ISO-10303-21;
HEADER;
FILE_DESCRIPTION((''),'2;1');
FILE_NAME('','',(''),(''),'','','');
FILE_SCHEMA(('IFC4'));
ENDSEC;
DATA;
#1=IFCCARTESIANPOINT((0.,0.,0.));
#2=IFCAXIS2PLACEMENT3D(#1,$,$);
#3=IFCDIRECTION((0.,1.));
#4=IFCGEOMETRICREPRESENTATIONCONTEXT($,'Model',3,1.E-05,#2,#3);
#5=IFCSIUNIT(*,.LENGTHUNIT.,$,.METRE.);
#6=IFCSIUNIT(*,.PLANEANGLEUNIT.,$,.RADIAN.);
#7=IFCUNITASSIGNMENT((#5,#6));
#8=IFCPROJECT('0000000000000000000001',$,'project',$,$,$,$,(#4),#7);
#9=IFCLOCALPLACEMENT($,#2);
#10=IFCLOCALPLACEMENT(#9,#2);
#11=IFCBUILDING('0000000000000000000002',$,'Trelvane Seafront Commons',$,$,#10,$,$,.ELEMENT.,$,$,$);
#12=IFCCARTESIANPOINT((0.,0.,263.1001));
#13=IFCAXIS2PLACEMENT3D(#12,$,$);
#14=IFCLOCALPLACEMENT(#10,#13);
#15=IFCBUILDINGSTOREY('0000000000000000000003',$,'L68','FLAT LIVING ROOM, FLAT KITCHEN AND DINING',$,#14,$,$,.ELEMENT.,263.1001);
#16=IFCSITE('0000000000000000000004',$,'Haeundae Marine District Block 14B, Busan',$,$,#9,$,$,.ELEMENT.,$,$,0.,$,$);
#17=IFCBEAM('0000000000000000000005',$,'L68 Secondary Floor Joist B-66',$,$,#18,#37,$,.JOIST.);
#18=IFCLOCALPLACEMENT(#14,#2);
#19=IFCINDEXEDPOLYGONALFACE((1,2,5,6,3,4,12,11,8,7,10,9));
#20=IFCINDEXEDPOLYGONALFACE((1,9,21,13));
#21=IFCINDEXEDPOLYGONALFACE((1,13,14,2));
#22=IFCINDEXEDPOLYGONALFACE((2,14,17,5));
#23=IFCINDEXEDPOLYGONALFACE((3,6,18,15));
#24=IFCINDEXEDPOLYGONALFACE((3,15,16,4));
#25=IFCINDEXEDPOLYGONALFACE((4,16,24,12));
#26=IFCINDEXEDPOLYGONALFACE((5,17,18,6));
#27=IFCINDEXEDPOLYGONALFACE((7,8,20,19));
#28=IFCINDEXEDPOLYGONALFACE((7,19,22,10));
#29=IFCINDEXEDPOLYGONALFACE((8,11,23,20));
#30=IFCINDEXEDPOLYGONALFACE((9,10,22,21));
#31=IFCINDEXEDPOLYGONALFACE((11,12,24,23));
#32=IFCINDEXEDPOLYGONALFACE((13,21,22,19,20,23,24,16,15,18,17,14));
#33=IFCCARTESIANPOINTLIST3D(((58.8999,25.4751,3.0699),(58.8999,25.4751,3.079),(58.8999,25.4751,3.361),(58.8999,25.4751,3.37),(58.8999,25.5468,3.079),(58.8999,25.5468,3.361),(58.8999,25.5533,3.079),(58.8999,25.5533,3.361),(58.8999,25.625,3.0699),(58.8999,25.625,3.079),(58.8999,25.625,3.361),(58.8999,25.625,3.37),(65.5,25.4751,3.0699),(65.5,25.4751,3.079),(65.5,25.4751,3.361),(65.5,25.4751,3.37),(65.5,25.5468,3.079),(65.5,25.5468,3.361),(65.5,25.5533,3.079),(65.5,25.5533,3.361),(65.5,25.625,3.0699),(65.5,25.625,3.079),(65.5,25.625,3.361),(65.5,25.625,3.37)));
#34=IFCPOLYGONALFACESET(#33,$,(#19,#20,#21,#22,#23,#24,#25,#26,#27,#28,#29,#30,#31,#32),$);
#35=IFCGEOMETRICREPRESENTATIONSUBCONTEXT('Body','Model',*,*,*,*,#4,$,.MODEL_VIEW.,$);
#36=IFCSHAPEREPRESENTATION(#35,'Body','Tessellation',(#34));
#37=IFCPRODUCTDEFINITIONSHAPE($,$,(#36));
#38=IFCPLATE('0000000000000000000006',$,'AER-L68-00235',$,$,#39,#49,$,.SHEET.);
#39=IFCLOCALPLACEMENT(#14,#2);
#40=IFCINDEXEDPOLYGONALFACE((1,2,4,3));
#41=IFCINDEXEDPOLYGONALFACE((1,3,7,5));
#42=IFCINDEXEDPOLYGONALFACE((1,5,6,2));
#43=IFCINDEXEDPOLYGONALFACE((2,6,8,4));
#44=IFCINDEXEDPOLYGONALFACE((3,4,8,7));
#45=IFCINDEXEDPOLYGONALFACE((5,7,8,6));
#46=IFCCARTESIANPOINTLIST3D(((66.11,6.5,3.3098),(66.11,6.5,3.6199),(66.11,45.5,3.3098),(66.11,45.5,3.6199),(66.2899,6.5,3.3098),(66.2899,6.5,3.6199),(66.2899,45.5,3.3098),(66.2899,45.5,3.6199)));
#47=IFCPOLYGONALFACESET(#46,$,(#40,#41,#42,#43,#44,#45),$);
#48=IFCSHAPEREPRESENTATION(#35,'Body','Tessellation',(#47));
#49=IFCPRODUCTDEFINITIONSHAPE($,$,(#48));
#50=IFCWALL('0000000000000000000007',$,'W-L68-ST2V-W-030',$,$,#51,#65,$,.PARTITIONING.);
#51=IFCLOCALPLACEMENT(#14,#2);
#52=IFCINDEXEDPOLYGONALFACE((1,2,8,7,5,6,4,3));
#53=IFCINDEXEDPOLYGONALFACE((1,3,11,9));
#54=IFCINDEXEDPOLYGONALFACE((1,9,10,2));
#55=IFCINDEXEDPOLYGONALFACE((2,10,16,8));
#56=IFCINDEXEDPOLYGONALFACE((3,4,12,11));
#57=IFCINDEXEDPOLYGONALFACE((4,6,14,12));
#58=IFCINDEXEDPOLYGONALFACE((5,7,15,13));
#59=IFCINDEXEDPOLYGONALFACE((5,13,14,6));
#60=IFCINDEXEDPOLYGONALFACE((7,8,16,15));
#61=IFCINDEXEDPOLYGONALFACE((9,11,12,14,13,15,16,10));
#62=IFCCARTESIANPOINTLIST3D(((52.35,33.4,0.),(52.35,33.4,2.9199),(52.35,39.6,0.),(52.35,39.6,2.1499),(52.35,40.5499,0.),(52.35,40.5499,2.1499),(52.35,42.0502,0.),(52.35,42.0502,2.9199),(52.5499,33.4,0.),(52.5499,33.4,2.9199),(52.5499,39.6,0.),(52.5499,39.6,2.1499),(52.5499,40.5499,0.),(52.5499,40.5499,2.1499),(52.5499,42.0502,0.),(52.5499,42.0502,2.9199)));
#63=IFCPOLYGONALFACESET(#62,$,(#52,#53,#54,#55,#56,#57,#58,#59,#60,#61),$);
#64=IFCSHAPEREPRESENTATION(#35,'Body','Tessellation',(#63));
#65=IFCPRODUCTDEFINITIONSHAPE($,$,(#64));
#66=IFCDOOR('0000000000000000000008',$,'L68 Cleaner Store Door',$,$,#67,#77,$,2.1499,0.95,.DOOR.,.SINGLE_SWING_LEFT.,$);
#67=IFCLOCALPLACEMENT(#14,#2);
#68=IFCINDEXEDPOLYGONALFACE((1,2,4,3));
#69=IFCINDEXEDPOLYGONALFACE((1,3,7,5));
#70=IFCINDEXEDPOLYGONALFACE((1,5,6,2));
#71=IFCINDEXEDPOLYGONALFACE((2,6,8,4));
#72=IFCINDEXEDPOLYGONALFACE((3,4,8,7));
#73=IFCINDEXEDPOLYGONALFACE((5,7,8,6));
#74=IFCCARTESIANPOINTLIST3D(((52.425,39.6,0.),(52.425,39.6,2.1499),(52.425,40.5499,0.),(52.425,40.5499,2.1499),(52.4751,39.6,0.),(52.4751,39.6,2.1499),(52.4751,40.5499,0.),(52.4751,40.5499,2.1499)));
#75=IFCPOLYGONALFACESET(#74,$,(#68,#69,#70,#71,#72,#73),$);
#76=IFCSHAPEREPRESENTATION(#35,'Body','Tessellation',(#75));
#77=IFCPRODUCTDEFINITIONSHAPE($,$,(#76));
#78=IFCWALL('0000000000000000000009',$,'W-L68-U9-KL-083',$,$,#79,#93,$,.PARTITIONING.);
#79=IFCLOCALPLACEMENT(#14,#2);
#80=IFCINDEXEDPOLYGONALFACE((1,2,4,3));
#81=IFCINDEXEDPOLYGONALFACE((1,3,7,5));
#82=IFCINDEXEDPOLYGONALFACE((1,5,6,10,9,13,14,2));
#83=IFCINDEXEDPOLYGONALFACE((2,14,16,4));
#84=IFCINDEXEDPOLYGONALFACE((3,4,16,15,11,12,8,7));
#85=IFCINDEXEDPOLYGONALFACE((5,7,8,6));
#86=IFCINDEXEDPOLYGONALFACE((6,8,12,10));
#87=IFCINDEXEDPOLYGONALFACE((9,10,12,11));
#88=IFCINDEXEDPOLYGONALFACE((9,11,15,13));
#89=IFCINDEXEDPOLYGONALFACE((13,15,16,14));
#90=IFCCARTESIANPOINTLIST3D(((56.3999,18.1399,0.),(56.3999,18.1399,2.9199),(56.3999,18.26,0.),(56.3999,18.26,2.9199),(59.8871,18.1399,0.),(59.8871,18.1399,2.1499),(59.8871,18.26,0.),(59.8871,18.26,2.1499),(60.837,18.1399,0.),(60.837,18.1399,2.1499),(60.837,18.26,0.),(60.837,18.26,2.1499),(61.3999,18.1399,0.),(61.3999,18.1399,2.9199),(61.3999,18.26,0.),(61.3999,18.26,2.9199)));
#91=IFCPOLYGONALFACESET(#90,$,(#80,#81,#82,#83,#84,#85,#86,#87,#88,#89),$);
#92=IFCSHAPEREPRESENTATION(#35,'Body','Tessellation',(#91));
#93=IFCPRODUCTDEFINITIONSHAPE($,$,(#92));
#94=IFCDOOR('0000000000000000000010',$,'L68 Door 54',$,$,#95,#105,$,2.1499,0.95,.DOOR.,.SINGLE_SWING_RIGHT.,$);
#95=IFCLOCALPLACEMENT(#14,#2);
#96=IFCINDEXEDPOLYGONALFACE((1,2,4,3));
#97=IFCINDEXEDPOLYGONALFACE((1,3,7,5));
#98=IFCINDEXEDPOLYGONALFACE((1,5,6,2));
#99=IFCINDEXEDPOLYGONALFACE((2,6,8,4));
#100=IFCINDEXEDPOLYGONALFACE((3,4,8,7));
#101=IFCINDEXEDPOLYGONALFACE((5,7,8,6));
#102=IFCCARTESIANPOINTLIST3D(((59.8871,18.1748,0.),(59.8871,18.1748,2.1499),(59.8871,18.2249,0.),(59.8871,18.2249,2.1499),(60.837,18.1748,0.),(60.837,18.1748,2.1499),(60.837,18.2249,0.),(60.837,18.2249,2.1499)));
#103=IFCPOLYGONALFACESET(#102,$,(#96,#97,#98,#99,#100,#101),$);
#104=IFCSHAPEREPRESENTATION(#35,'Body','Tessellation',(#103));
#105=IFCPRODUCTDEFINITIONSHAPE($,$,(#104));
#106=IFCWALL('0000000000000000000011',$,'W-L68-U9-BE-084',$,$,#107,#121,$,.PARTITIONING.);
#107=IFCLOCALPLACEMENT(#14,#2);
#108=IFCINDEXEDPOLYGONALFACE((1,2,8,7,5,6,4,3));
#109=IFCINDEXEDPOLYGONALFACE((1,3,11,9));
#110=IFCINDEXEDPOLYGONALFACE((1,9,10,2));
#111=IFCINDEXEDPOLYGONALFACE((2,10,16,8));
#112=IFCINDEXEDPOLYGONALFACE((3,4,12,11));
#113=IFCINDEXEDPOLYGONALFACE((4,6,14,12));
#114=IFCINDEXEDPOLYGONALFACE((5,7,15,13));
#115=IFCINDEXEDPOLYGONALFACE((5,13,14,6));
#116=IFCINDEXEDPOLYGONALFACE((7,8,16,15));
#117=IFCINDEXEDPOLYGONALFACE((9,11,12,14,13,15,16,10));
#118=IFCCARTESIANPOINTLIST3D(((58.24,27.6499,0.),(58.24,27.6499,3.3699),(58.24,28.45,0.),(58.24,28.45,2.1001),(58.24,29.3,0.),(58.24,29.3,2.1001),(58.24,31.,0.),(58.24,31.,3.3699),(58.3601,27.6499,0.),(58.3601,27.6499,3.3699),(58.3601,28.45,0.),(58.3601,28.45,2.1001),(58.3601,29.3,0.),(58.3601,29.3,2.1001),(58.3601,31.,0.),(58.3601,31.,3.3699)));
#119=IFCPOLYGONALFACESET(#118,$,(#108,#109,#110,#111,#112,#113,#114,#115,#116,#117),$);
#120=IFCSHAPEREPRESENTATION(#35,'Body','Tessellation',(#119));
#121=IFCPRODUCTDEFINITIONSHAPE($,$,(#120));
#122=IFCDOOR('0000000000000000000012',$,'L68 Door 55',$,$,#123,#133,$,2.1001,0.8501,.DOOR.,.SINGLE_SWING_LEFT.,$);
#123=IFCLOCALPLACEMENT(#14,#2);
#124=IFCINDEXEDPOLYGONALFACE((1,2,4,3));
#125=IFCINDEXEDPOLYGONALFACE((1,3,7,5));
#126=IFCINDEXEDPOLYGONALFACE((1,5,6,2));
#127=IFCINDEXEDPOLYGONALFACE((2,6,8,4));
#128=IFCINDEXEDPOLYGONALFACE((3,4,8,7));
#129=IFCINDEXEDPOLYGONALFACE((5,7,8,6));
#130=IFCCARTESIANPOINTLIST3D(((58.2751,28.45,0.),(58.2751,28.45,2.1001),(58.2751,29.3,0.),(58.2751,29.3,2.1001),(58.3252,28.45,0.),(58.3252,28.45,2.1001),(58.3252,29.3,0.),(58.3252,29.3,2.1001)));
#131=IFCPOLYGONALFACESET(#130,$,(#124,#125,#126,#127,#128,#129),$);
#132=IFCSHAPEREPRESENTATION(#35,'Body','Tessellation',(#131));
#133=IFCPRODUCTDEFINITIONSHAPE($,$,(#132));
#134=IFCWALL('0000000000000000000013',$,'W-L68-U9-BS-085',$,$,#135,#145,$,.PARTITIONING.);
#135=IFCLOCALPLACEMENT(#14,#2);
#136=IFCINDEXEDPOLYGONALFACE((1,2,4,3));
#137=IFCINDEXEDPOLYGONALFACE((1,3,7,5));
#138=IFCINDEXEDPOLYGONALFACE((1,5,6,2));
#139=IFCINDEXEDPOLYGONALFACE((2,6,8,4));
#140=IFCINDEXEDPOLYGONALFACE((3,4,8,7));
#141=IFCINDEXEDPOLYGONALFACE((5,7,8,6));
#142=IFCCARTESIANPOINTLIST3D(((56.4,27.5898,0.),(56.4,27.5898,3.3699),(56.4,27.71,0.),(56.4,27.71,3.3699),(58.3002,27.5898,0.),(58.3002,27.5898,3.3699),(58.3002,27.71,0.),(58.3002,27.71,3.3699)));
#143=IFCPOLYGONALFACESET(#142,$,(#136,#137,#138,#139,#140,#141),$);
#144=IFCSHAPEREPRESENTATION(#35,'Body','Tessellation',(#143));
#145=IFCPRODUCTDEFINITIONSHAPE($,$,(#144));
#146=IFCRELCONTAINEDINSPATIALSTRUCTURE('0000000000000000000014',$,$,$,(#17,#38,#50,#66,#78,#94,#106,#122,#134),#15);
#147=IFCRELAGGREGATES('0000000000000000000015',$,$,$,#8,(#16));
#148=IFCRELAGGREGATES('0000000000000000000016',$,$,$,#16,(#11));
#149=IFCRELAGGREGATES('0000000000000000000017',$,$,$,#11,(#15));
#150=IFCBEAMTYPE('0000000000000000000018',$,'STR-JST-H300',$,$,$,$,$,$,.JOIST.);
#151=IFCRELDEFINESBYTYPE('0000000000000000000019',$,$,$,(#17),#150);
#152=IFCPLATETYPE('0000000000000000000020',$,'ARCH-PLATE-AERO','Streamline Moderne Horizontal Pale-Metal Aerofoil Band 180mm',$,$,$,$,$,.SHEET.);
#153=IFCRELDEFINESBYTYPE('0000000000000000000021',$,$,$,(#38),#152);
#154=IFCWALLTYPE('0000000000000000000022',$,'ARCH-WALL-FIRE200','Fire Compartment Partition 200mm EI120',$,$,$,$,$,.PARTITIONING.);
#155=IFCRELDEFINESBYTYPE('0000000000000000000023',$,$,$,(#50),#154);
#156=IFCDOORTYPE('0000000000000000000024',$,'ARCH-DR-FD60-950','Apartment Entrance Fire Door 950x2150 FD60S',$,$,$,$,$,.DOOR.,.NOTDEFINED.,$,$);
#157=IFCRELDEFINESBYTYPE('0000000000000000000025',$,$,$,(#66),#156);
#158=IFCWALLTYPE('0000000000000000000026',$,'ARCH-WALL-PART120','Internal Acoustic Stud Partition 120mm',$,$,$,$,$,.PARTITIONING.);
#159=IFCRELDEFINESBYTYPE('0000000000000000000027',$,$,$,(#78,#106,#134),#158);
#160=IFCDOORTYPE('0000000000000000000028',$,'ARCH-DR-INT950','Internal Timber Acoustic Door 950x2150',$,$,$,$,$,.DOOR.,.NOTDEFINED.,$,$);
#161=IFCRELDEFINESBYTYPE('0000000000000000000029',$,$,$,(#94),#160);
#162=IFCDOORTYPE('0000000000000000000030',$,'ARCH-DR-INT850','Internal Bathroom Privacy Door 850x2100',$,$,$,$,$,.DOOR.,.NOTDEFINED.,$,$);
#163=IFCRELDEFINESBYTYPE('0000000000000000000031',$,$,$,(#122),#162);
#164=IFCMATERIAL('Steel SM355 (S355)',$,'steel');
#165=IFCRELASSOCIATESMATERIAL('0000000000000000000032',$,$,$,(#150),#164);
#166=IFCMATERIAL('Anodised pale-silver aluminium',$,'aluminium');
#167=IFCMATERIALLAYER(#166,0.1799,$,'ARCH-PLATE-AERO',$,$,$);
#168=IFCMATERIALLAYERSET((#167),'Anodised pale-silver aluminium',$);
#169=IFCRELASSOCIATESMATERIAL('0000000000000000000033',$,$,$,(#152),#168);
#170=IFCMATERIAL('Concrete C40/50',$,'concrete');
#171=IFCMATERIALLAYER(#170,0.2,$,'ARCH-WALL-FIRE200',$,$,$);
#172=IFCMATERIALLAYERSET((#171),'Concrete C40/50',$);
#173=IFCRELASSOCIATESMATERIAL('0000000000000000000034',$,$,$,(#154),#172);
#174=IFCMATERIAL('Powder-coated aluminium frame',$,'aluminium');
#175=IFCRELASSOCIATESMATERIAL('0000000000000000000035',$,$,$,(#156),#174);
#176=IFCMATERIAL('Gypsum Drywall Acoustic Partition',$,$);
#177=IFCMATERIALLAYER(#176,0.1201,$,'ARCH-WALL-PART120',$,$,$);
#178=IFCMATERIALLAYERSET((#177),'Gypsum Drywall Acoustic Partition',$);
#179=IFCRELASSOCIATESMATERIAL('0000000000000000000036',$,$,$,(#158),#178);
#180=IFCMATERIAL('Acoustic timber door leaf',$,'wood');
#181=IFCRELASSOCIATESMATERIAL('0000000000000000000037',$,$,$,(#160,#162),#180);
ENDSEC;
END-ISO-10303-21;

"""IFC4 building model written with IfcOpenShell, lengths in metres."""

from ifc_helpers import new_model, si_unit, direction, frame, frame_2d, origin, origin_2d, place, context, subcontext, project, spatial, rectangle, i_section, extrude, source, transform, mapped, material, layer, layer_set, material_profile, profile_set, type_object, element, fill, save


model = new_model("IFC4")

# Units and contexts
model_context = context("Model", 3, precision=1e-05, world=origin(), true_north=direction((0.0, 1.0)))
body_context = subcontext(model_context, "Body", "Model", "MODEL_VIEW")
ifc_project = project(units=[si_unit("LENGTHUNIT", "METRE"), si_unit("PLANEANGLEUNIT", "RADIAN")], contexts=[model_context])

# Site, building, storey
site_placement = place(None, origin())
site = spatial("IfcSite", under=ifc_project, at=site_placement, Name="Haeundae Marine District Block 14B, Busan", CompositionType="ELEMENT", RefElevation=0.0)
building_placement = place(site_placement, origin())
building = spatial("IfcBuilding", under=site, at=building_placement, Name="Trelvane Seafront Commons", CompositionType="ELEMENT")
storey_placement = place(building_placement, frame((0.0, 0.0, 263.1001)))
storey = spatial("IfcBuildingStorey", under=building, at=storey_placement, Name="L68", Description="FLAT LIVING ROOM, FLAT KITCHEN AND DINING", CompositionType="ELEMENT", Elevation=263.1001)

# Shared definitions
ifc_material_1 = material(Name="Steel SM355 (S355)", Category="steel")

# Beam
ifc_material_profile_1 = material_profile(ifc_material_1, i_section(OverallWidth=0.1499, OverallDepth=0.3, WebThickness=0.0066, FlangeThickness=0.009, at=origin_2d()), Name="H-300x150x6.5x9")
ifc_profile_set_1 = profile_set([ifc_material_profile_1], Name="Steel SM355 (S355)")
beam_type_1 = type_object("IfcBeamType", Name="STR-JST-H300", PredefinedType="JOIST", material=ifc_profile_set_1)
shared_shape_1 = source(origin(), body_context, "Body", "SweptSolid", [
    extrude(i_section(OverallWidth=0.1499, OverallDepth=0.3, WebThickness=0.0066, FlangeThickness=0.009, at=origin_2d()), origin(), (0.0, 0.0, 1.0), 6.6001),
])
beam_1_placement = place(storey_placement, frame((58.8999, 25.55, 3.22), z_axis=(1.0, 0.0, 0.0), x_axis=(0.0, 1.0, 0.0)))
element("IfcBeam", 1, at=beam_1_placement, inside=storey, type_object=beam_type_1, Name="L68 Secondary Floor Joist B-66", PredefinedType="JOIST", context=body_context, shape_type="MappedRepresentation", body=[
    mapped(shared_shape_1, transform((0.0, 0.0, 0.0), x_axis=(1.0, 0.0, 0.0), y_axis=(0.0, 1.0, 0.0), z_axis=(0.0, 0.0, 1.0), scale=1.0)),
])

# Plate
ifc_material_2 = material(Name="Anodised pale-silver aluminium", Category="aluminium")
ifc_layer_1 = layer(ifc_material_2, 0.1799, Name="ARCH-PLATE-AERO")
ifc_layer_set_1 = layer_set([ifc_layer_1], Name="Anodised pale-silver aluminium")
plate_type = type_object("IfcPlateType", Name="ARCH-PLATE-AERO", Description="Streamline Moderne Horizontal Pale-Metal Aerofoil Band 180mm", PredefinedType="SHEET", material=ifc_layer_set_1)
shared_shape_2 = source(origin(), body_context, "Body", "SweptSolid", [
    extrude(rectangle(XDim=39.0, YDim=0.1799, at=origin_2d()), origin(), (0.0, 0.0, 1.0), 0.3101),
])
plate_placement = place(storey_placement, frame((66.2, 26.0, 3.3098), z_axis=(0.0, 0.0, 1.0), x_axis=(0.0, -1.0, 0.0)))
element("IfcPlate", 2, at=plate_placement, inside=storey, type_object=plate_type, Name="AER-L68-00235", PredefinedType="SHEET", context=body_context, shape_type="MappedRepresentation", body=[
    mapped(shared_shape_2, transform((0.0, 0.0, 0.0), x_axis=(1.0, 0.0, 0.0), y_axis=(0.0, 1.0, 0.0), z_axis=(0.0, 0.0, 1.0), scale=1.0)),
])

# Walls, openings, doors
ifc_material_3 = material(Name="Concrete C40/50", Category="concrete")
ifc_layer_2 = layer(ifc_material_3, 0.2, Name="ARCH-WALL-FIRE200")
ifc_layer_set_2 = layer_set([ifc_layer_2], Name="Concrete C40/50")
wall_type_1 = type_object("IfcWallType", Name="ARCH-WALL-FIRE200", Description="Fire Compartment Partition 200mm EI120", PredefinedType="PARTITIONING", material=ifc_layer_set_2)
wall_1_placement = place(storey_placement, frame((52.45, 33.3999, 0.0), z_axis=(0.0, 0.0, 1.0), x_axis=(0.0, 1.0, 0.0)))
wall_1 = element("IfcWall", 3, at=wall_1_placement, inside=storey, type_object=wall_type_1, Name="W-L68-ST2V-W-030", PredefinedType="PARTITIONING", context=body_context, shape_type="SweptSolid", body=[
    extrude(rectangle(XDim=8.6501, YDim=0.2, at=frame_2d((4.3252, 0.0))), origin(), (0.0, 0.0, 1.0), 2.9199),
])
opening_1_placement = place(wall_1_placement, frame((6.2, 0.0, 0.0)))
opening_1 = element("IfcOpeningElement", 4, at=opening_1_placement, cuts=wall_1, PredefinedType="OPENING", context=body_context, shape_type="SweptSolid", body=[
    extrude(rectangle(XDim=0.95, YDim=2.1499, at=frame_2d((0.4751, 1.075))), frame((0.0, 0.1099, 0.0), z_axis=(0.0, -1.0, 0.0), x_axis=(1.0, 0.0, 0.0)), (0.0, 0.0, 1.0), 0.22),
])
ifc_material_4 = material(Name="Powder-coated aluminium frame", Category="aluminium")
door_type_1 = type_object("IfcDoorType", Name="ARCH-DR-FD60-950", Description="Apartment Entrance Fire Door 950x2150 FD60S", OperationType="NOTDEFINED", PredefinedType="DOOR", material=ifc_material_4)
shared_shape_3 = source(origin(), body_context, "Body", "SweptSolid", [
    extrude(rectangle(XDim=0.95, YDim=2.1499, at=frame_2d((0.4751, 1.075))), frame((0.0, 0.0249, 0.0), z_axis=(0.0, -1.0, 0.0), x_axis=(1.0, 0.0, 0.0)), (0.0, 0.0, 1.0), 0.05),
])
door_1_placement = place(opening_1_placement, origin())
door_1 = element("IfcDoor", 5, at=door_1_placement, inside=storey, type_object=door_type_1, Name="L68 Cleaner Store Door", OperationType="SINGLE_SWING_LEFT", OverallHeight=2.1499, OverallWidth=0.95, PredefinedType="DOOR", context=body_context, shape_type="MappedRepresentation", body=[
    mapped(shared_shape_3, transform((0.0, 0.0, 0.0), x_axis=(1.0, 0.0, 0.0), y_axis=(0.0, 1.0, 0.0), z_axis=(0.0, 0.0, 1.0), scale=1.0)),
])
fill(opening_1, door_1)
ifc_material_5 = material(Name="Gypsum Drywall Acoustic Partition")
ifc_layer_3 = layer(ifc_material_5, 0.1201, Name="ARCH-WALL-PART120")
ifc_layer_set_3 = layer_set([ifc_layer_3], Name="Gypsum Drywall Acoustic Partition")
wall_type_2 = type_object("IfcWallType", Name="ARCH-WALL-PART120", Description="Internal Acoustic Stud Partition 120mm", PredefinedType="PARTITIONING", material=ifc_layer_set_3)
wall_2_placement = place(storey_placement, frame((56.3999, 18.2, 0.0), z_axis=(0.0, 0.0, 1.0), x_axis=(1.0, 0.0, 0.0)))
wall_2 = element("IfcWall", 6, at=wall_2_placement, inside=storey, type_object=wall_type_2, Name="W-L68-U9-KL-083", PredefinedType="PARTITIONING", context=body_context, shape_type="SweptSolid", body=[
    extrude(rectangle(XDim=5.0, YDim=0.1201, at=frame_2d((2.5, 0.0))), origin(), (0.0, 0.0, 1.0), 2.9199),
])
opening_2_placement = place(wall_2_placement, frame((3.4871, 0.0, 0.0)))
opening_2 = element("IfcOpeningElement", 7, at=opening_2_placement, cuts=wall_2, PredefinedType="OPENING", context=body_context, shape_type="SweptSolid", body=[
    extrude(rectangle(XDim=0.95, YDim=2.1499, at=frame_2d((0.4751, 1.075))), frame((0.0, 0.0701, 0.0), z_axis=(0.0, -1.0, 0.0), x_axis=(1.0, 0.0, 0.0)), (0.0, 0.0, 1.0), 0.1401),
])
ifc_material_6 = material(Name="Acoustic timber door leaf", Category="wood")
door_type_2 = type_object("IfcDoorType", Name="ARCH-DR-INT950", Description="Internal Timber Acoustic Door 950x2150", OperationType="NOTDEFINED", PredefinedType="DOOR", material=ifc_material_6)
door_2_placement = place(opening_2_placement, origin())
door_2 = element("IfcDoor", 8, at=door_2_placement, inside=storey, type_object=door_type_2, Name="L68 Door 54", OperationType="SINGLE_SWING_RIGHT", OverallHeight=2.1499, OverallWidth=0.95, PredefinedType="DOOR", context=body_context, shape_type="MappedRepresentation", body=[
    mapped(shared_shape_3, transform((0.0, 0.0, 0.0), x_axis=(1.0, 0.0, 0.0), y_axis=(0.0, 1.0, 0.0), z_axis=(0.0, 0.0, 1.0), scale=1.0)),
])
fill(opening_2, door_2)
wall_3_placement = place(storey_placement, frame((58.3, 27.6499, 0.0), z_axis=(0.0, 0.0, 1.0), x_axis=(0.0, 1.0, 0.0)))
wall_3 = element("IfcWall", 9, at=wall_3_placement, inside=storey, type_object=wall_type_2, Name="W-L68-U9-BE-084", PredefinedType="PARTITIONING", context=body_context, shape_type="SweptSolid", body=[
    extrude(rectangle(XDim=3.3501, YDim=0.1201, at=frame_2d((1.675, 0.0))), origin(), (0.0, 0.0, 1.0), 3.3699),
])
opening_3_placement = place(wall_3_placement, frame((0.8, 0.0, 0.0)))
opening_3 = element("IfcOpeningElement", 10, at=opening_3_placement, cuts=wall_3, PredefinedType="OPENING", context=body_context, shape_type="SweptSolid", body=[
    extrude(rectangle(XDim=0.8501, YDim=2.1001, at=frame_2d((0.425, 1.05))), frame((0.0, 0.0701, 0.0), z_axis=(0.0, -1.0, 0.0), x_axis=(1.0, 0.0, 0.0)), (0.0, 0.0, 1.0), 0.1401),
])
door_type_3 = type_object("IfcDoorType", Name="ARCH-DR-INT850", Description="Internal Bathroom Privacy Door 850x2100", OperationType="NOTDEFINED", PredefinedType="DOOR", material=ifc_material_6)
shared_shape_4 = source(origin(), body_context, "Body", "SweptSolid", [
    extrude(rectangle(XDim=0.8501, YDim=2.1001, at=frame_2d((0.425, 1.05))), frame((0.0, 0.0249, 0.0), z_axis=(0.0, -1.0, 0.0), x_axis=(1.0, 0.0, 0.0)), (0.0, 0.0, 1.0), 0.05),
])
door_3_placement = place(opening_3_placement, origin())
door_3 = element("IfcDoor", 11, at=door_3_placement, inside=storey, type_object=door_type_3, Name="L68 Door 55", OperationType="SINGLE_SWING_LEFT", OverallHeight=2.1001, OverallWidth=0.8501, PredefinedType="DOOR", context=body_context, shape_type="MappedRepresentation", body=[
    mapped(shared_shape_4, transform((0.0, 0.0, 0.0), x_axis=(1.0, 0.0, 0.0), y_axis=(0.0, 1.0, 0.0), z_axis=(0.0, 0.0, 1.0), scale=1.0)),
])
fill(opening_3, door_3)

# Wall
wall_4_placement = place(storey_placement, frame((56.3999, 27.6499, 0.0), z_axis=(0.0, 0.0, 1.0), x_axis=(1.0, 0.0, 0.0)))
element("IfcWall", 12, at=wall_4_placement, inside=storey, type_object=wall_type_2, Name="W-L68-U9-BS-085", PredefinedType="PARTITIONING", context=body_context, shape_type="SweptSolid", body=[
    extrude(rectangle(XDim=1.9001, YDim=0.1201, at=frame_2d((0.9502, 0.0))), origin(), (0.0, 0.0, 1.0), 3.3699),
])

save(model, "model.ifc")
